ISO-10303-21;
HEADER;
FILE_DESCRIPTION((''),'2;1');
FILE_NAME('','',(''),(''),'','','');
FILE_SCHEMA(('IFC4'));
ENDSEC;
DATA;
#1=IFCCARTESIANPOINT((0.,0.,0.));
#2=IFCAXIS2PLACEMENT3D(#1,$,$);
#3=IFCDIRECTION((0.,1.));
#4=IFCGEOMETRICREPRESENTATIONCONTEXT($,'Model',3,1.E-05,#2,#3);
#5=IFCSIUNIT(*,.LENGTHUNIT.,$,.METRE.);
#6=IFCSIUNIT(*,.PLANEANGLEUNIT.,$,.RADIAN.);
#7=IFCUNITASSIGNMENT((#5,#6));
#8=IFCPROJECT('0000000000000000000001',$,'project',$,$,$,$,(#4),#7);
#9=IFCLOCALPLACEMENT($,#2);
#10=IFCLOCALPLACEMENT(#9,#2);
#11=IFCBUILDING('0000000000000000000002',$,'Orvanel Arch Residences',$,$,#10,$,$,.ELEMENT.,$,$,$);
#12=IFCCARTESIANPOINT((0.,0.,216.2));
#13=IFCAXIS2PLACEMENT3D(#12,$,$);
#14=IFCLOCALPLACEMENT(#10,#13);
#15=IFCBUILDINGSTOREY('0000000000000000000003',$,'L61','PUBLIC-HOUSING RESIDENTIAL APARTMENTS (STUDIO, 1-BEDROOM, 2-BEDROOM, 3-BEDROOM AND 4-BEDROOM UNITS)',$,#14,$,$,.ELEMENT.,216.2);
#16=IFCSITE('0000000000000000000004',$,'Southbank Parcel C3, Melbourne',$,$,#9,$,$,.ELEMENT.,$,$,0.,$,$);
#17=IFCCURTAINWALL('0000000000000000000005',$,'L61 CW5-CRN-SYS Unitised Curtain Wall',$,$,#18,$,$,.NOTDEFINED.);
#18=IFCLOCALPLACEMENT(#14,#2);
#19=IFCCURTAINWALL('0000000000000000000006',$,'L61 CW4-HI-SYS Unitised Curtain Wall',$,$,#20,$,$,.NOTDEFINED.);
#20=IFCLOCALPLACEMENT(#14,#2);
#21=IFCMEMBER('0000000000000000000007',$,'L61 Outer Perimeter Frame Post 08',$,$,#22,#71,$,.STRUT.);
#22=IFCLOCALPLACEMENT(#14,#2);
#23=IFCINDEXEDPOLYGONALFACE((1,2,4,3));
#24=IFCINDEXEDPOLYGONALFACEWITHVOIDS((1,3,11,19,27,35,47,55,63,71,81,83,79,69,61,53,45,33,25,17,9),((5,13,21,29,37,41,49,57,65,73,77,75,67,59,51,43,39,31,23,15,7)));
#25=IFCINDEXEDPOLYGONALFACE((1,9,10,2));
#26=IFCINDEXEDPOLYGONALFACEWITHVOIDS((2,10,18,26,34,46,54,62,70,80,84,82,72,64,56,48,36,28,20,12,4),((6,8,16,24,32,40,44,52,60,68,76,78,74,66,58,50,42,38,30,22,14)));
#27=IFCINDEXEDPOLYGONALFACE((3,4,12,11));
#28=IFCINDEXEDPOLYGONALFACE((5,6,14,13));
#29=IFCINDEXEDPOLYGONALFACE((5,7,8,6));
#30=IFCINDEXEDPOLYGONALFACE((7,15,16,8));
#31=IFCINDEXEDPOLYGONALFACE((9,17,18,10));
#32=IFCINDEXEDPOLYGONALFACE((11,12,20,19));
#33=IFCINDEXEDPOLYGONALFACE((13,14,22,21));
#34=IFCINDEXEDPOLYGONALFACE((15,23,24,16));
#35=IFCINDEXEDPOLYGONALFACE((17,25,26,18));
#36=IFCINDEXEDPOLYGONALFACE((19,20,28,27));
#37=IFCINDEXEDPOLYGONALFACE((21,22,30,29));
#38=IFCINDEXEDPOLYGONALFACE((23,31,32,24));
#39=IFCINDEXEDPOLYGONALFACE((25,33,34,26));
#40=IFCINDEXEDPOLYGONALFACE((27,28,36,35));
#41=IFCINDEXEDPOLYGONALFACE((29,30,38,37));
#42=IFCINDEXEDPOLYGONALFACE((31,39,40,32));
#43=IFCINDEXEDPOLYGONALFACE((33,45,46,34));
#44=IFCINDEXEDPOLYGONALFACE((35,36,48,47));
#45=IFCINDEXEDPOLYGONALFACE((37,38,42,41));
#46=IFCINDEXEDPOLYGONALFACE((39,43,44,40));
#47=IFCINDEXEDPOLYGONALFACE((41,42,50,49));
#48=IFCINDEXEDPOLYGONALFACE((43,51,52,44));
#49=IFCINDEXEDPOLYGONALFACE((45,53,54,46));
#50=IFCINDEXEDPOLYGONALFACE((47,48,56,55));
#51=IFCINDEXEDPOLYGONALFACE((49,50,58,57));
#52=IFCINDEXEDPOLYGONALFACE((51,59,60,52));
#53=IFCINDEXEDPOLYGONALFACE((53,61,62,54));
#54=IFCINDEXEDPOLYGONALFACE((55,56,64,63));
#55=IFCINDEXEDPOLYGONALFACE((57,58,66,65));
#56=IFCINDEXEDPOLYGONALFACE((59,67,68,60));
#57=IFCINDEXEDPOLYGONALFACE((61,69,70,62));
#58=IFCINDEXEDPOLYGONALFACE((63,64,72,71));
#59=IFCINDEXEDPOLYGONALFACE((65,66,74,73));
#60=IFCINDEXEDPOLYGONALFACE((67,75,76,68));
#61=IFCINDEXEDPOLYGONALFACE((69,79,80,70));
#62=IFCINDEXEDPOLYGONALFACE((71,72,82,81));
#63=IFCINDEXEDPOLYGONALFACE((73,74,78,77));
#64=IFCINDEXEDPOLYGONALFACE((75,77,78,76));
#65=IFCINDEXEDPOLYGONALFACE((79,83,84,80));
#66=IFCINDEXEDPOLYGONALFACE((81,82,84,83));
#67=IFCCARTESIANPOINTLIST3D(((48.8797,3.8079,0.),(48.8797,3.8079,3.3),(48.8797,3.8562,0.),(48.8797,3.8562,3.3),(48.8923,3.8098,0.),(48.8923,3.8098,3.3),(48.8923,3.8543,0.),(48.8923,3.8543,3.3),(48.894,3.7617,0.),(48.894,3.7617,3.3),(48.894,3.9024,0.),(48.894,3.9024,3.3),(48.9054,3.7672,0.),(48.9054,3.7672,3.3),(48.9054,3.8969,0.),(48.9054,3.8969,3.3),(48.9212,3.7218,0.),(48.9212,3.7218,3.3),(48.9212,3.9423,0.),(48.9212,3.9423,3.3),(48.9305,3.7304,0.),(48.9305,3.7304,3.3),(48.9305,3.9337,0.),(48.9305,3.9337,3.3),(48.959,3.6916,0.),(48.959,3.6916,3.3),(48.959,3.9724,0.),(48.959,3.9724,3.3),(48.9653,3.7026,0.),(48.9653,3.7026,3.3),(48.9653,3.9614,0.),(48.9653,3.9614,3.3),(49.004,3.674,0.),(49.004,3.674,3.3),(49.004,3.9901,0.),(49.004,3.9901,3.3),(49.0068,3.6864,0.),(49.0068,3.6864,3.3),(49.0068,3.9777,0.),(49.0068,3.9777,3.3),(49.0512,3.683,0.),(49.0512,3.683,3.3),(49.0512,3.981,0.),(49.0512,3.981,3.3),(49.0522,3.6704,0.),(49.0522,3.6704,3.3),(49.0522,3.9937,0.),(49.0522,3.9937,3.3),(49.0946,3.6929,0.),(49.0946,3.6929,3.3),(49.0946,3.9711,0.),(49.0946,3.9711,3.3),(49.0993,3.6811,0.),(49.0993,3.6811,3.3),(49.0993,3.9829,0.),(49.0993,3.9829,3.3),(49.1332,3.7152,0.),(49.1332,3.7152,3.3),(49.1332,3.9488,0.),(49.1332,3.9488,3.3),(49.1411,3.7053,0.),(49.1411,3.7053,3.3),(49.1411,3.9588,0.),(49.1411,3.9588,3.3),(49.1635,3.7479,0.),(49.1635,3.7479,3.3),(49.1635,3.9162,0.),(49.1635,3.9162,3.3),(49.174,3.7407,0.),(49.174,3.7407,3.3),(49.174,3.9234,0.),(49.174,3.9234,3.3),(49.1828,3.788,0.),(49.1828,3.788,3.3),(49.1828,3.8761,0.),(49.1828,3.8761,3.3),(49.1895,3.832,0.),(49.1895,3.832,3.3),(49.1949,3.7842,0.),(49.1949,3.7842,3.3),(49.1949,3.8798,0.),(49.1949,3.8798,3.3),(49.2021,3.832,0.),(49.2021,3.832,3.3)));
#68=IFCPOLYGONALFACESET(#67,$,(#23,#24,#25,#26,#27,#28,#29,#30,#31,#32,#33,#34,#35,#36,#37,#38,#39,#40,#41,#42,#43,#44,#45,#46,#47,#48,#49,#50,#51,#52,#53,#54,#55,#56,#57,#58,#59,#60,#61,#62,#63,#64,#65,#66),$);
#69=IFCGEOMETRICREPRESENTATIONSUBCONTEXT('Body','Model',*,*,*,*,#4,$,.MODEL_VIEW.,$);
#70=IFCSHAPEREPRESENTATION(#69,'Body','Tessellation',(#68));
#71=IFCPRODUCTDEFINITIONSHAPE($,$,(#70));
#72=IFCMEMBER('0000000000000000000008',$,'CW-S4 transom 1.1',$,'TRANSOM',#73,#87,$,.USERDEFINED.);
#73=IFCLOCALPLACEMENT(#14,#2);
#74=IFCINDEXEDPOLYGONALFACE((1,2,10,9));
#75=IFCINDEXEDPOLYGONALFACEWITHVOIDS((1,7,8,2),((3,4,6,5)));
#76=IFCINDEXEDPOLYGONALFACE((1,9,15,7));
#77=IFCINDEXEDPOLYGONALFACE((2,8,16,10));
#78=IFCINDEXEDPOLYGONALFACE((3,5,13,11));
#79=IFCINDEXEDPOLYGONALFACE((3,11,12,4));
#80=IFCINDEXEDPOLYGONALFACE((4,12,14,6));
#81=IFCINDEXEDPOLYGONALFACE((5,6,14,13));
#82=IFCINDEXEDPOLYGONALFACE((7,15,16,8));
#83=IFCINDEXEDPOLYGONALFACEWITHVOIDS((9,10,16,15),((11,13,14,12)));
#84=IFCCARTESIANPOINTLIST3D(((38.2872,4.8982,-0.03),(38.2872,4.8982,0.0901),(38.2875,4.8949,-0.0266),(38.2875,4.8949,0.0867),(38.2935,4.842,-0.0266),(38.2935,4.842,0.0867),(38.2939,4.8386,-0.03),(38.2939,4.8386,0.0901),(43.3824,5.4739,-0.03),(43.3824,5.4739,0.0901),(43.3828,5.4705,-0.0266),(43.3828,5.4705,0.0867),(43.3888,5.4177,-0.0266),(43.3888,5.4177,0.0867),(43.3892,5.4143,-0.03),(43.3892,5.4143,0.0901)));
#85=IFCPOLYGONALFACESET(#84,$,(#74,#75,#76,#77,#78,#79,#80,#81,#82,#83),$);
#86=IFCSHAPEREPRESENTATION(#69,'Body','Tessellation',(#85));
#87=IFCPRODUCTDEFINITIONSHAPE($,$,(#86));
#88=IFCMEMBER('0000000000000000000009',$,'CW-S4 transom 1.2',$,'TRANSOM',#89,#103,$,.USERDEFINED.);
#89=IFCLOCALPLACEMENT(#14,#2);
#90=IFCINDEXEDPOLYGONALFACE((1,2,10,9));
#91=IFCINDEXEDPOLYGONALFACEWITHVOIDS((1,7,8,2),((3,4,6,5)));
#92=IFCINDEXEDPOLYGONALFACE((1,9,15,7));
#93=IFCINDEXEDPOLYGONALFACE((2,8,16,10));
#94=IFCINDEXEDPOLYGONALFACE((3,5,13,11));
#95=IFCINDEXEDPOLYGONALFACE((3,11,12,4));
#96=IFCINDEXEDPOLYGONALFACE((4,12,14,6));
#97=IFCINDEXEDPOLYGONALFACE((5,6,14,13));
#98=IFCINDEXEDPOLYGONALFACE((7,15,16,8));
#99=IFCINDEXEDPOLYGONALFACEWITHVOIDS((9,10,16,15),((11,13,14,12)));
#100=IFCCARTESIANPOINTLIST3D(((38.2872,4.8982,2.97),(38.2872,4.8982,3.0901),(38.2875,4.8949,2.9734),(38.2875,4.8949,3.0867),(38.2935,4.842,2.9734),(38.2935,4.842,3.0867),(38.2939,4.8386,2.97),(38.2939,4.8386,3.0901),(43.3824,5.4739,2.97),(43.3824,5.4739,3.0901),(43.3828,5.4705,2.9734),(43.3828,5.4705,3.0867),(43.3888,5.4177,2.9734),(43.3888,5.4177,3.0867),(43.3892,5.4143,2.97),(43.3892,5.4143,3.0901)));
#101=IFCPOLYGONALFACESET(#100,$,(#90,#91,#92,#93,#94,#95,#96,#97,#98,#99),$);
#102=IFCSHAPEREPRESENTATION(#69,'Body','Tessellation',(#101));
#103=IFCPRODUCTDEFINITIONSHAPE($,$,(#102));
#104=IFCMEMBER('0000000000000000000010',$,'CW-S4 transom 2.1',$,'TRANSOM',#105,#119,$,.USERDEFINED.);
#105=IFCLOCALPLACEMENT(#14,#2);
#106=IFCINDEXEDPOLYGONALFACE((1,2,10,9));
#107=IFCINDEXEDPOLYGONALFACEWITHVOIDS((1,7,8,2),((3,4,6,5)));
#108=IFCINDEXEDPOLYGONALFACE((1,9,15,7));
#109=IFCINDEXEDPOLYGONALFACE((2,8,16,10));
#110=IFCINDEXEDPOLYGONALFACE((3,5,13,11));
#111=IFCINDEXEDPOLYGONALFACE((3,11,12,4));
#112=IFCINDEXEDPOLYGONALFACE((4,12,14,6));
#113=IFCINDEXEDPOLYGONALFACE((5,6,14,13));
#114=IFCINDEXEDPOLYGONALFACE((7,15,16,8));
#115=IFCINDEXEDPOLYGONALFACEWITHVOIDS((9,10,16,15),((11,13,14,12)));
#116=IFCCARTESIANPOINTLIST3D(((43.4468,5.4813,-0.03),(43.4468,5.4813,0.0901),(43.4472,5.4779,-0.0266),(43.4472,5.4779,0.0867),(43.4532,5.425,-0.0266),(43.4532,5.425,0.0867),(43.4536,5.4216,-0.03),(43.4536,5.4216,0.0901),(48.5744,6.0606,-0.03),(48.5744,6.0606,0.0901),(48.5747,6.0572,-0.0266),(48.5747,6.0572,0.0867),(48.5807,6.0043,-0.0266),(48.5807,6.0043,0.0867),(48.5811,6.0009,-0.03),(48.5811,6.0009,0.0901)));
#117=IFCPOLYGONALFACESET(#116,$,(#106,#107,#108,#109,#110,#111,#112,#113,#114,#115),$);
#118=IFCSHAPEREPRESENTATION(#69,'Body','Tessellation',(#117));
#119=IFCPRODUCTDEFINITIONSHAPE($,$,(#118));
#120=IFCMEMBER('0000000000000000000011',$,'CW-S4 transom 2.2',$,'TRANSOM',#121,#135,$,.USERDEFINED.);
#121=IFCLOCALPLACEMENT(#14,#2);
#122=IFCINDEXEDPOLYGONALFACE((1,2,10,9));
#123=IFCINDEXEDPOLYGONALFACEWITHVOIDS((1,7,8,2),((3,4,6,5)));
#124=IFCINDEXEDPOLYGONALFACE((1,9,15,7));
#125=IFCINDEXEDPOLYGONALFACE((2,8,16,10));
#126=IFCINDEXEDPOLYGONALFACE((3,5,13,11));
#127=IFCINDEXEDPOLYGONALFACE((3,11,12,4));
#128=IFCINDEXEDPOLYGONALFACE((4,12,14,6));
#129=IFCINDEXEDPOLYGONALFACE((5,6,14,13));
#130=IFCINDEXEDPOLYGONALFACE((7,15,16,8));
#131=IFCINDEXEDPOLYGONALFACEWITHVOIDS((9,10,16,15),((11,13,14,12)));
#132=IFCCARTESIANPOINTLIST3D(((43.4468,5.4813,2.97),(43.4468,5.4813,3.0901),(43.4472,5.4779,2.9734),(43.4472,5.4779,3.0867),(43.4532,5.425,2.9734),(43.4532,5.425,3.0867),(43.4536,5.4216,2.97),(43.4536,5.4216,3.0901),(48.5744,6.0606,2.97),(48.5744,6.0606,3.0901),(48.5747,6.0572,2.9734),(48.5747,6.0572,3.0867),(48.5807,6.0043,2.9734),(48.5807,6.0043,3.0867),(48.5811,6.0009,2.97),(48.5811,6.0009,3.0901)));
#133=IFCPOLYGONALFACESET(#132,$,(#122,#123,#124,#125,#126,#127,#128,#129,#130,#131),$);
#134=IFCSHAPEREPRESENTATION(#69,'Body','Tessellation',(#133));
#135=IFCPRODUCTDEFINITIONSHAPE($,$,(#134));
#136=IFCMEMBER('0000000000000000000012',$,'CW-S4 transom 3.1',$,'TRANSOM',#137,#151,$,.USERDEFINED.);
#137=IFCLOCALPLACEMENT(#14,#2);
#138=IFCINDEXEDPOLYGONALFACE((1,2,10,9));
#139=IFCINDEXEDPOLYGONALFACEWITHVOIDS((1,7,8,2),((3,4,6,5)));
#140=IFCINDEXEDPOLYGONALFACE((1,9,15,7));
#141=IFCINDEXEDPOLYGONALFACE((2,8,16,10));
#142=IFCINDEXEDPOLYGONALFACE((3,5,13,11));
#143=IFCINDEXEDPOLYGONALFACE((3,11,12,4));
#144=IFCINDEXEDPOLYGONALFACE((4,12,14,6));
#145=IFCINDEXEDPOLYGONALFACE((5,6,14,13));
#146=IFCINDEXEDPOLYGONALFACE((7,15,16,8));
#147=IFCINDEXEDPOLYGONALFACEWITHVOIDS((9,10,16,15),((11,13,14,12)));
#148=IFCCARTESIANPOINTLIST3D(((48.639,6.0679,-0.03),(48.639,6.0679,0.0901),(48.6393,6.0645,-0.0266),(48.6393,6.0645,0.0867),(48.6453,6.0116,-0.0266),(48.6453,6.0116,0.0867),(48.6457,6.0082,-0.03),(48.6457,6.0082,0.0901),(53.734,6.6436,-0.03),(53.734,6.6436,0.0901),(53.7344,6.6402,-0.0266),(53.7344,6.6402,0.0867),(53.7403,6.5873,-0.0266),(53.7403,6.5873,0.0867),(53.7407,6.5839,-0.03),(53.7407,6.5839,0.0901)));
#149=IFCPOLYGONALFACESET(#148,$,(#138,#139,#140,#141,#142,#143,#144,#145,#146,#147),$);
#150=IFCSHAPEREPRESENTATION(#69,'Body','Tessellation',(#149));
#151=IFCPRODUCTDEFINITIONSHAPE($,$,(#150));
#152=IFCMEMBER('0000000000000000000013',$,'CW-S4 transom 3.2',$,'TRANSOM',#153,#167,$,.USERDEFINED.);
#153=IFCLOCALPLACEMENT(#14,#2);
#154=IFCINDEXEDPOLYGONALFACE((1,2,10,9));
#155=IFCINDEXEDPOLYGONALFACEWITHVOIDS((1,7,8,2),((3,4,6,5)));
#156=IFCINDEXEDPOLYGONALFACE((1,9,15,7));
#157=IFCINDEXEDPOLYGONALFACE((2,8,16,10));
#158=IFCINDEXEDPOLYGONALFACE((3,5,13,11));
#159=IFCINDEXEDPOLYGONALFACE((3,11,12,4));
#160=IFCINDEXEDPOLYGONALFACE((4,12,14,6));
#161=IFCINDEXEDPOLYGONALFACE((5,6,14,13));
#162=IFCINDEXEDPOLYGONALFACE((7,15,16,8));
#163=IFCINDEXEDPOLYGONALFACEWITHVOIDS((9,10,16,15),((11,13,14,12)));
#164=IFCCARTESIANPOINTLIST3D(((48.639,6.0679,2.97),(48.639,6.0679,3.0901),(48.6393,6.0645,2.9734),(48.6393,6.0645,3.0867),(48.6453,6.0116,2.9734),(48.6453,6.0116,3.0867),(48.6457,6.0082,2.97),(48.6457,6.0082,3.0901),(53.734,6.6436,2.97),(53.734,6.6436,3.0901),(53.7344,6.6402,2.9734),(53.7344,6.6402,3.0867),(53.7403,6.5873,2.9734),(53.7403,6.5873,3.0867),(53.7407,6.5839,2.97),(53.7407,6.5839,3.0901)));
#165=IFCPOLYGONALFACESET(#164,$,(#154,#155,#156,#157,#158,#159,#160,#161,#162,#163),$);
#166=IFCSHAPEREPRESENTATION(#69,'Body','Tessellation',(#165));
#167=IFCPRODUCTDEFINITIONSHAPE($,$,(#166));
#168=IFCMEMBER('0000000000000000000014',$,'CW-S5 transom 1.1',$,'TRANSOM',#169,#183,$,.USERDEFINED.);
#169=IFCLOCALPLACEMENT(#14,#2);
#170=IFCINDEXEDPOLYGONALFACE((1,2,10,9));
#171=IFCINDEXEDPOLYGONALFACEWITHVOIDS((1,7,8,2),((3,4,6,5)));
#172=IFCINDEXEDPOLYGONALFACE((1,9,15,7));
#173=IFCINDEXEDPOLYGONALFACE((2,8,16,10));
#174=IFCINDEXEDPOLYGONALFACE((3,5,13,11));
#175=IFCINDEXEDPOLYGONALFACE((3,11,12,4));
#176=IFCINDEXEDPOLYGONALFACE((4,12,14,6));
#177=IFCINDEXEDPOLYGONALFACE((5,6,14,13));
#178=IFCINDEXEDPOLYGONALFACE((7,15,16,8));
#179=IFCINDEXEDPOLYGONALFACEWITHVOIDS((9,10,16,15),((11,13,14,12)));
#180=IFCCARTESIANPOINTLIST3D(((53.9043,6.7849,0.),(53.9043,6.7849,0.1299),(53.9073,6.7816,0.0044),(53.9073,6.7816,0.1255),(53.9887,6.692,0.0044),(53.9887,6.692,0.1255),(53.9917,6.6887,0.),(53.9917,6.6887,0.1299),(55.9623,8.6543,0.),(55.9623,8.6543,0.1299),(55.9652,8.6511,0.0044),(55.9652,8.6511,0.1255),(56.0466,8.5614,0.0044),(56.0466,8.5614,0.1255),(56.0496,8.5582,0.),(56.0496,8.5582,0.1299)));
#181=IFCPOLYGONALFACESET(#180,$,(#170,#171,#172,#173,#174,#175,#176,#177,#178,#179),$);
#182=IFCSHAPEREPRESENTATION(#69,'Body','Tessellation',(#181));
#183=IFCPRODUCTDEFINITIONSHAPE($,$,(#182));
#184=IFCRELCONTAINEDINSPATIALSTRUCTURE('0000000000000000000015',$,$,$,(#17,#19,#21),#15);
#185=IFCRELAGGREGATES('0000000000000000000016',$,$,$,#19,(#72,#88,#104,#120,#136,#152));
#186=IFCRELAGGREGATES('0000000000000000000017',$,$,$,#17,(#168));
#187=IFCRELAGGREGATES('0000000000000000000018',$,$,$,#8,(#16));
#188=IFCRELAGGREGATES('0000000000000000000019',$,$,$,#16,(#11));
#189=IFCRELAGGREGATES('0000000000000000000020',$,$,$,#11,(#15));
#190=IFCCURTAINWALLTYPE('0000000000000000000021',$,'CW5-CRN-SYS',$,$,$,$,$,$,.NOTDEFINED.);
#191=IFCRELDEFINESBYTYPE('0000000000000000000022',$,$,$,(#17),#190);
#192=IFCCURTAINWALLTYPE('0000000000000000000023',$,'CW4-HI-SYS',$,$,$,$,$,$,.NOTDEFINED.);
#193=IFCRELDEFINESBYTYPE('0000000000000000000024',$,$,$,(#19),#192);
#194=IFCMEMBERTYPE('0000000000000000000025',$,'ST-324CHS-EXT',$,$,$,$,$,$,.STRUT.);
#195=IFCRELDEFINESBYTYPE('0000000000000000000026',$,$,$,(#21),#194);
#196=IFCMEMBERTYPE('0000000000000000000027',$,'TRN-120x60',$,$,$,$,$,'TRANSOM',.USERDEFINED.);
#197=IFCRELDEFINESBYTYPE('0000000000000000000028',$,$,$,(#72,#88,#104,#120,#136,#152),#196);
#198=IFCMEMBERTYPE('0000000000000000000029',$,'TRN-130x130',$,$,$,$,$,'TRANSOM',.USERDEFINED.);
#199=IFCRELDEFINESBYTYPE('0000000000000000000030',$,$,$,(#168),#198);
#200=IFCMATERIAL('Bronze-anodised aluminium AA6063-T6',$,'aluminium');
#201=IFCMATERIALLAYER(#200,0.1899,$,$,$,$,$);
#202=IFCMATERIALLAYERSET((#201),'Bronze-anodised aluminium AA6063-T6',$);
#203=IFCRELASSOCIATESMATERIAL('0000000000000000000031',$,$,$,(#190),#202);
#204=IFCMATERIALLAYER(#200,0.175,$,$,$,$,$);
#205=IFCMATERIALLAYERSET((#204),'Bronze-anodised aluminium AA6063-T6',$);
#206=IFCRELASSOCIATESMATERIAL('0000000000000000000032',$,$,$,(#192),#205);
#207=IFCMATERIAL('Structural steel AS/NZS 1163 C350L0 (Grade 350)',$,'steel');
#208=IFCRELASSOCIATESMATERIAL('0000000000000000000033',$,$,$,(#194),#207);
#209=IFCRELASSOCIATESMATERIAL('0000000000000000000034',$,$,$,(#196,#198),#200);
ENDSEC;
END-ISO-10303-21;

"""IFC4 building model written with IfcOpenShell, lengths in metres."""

from ifc_helpers import new_model, si_unit, direction, frame, origin, origin_2d, place, context, subcontext, project, spatial, hollow_rectangle, hollow_circle, extrude, material, layer, layer_set, material_profile, profile_set, type_object, element, aggregate, save


model = new_model("IFC4")

# Units and contexts
model_context = context("Model", 3, precision=1e-05, world=origin(), true_north=direction((0.0, 1.0)))
body_context = subcontext(model_context, "Body", "Model", "MODEL_VIEW")
ifc_project = project(units=[si_unit("LENGTHUNIT", "METRE"), si_unit("PLANEANGLEUNIT", "RADIAN")], contexts=[model_context])

# Site, building, storey
site_placement = place(None, origin())
site = spatial("IfcSite", under=ifc_project, at=site_placement, Name="Southbank Parcel C3, Melbourne", CompositionType="ELEMENT", RefElevation=0.0)
building_placement = place(site_placement, origin())
building = spatial("IfcBuilding", under=site, at=building_placement, Name="Orvanel Arch Residences", CompositionType="ELEMENT")
storey_placement = place(building_placement, frame((0.0, 0.0, 216.2)))
storey = spatial("IfcBuildingStorey", under=building, at=storey_placement, Name="L61", Description="PUBLIC-HOUSING RESIDENTIAL APARTMENTS (STUDIO, 1-BEDROOM, 2-BEDROOM, 3-BEDROOM AND 4-BEDROOM UNITS)", CompositionType="ELEMENT", Elevation=216.2)

# Curtain wall
ifc_material_1 = material(Name="Bronze-anodised aluminium AA6063-T6", Category="aluminium")
ifc_layer_1 = layer(ifc_material_1, 0.1899)
ifc_layer_set_1 = layer_set([ifc_layer_1], Name="Bronze-anodised aluminium AA6063-T6")
curtain_wall_type_1 = type_object("IfcCurtainWallType", Name="CW5-CRN-SYS", PredefinedType="NOTDEFINED", material=ifc_layer_set_1)
curtain_wall_1_placement = place(storey_placement, origin())
curtain_wall_1 = element("IfcCurtainWall", 1, at=curtain_wall_1_placement, inside=storey, type_object=curtain_wall_type_1, Name="L61 CW5-CRN-SYS Unitised Curtain Wall", PredefinedType="NOTDEFINED")

# Curtain wall
ifc_layer_2 = layer(ifc_material_1, 0.175)
ifc_layer_set_2 = layer_set([ifc_layer_2], Name="Bronze-anodised aluminium AA6063-T6")
curtain_wall_type_2 = type_object("IfcCurtainWallType", Name="CW4-HI-SYS", PredefinedType="NOTDEFINED", material=ifc_layer_set_2)
curtain_wall_2_placement = place(storey_placement, origin())
curtain_wall_2 = element("IfcCurtainWall", 2, at=curtain_wall_2_placement, inside=storey, type_object=curtain_wall_type_2, Name="L61 CW4-HI-SYS Unitised Curtain Wall", PredefinedType="NOTDEFINED")

# Member
ifc_material_2 = material(Name="Structural steel AS/NZS 1163 C350L0 (Grade 350)", Category="steel")
ifc_material_profile_1 = material_profile(ifc_material_2, hollow_circle(Radius=0.1621, WallThickness=0.0127, at=origin_2d()), Name="CHS324x12.7")
ifc_profile_set_1 = profile_set([ifc_material_profile_1], Name="Structural steel AS/NZS 1163 C350L0 (Grade 350)")
member_type_1 = type_object("IfcMemberType", Name="ST-324CHS-EXT", PredefinedType="STRUT", material=ifc_profile_set_1)
for number, where, z_axis, x_axis, name in (
    (3, (49.04, 3.832, 0.0), (0.0, 0.0, 1.0), (1.0, 0.0, 0.0), "L61 Outer Perimeter Frame Post 08"),
):
    element("IfcMember", number, at=place(storey_placement, frame(where, z_axis=z_axis, x_axis=x_axis)), inside=storey, type_object=member_type_1, Name=name, PredefinedType="STRUT", context=body_context, shape_type="SweptSolid", body=[
        extrude(hollow_circle(Radius=0.1621, WallThickness=0.0127, at=origin_2d()), origin(), (0.0, 0.0, 1.0), 3.3),
    ])

# Members
ifc_material_profile_2 = material_profile(ifc_material_1, hollow_rectangle(XDim=0.0601, YDim=0.1201, WallThickness=0.0034, at=origin_2d()), Name="ALU120x60x3.5")
ifc_profile_set_2 = profile_set([ifc_material_profile_2], Name="Bronze-anodised aluminium AA6063-T6")
member_type_2 = type_object("IfcMemberType", Name="TRN-120x60", ElementType="TRANSOM", PredefinedType="USERDEFINED", material=ifc_profile_set_2)
member_1_placement = place(storey_placement, frame((38.2905, 4.8684, 0.03), z_axis=(0.993678, 0.112271, 0.0), x_axis=(-0.112271, 0.993678, 0.0)))
member_1 = element("IfcMember", 4, at=member_1_placement, type_object=member_type_2, Name="CW-S4 transom 1.1", ObjectType="TRANSOM", PredefinedType="USERDEFINED", context=body_context, shape_type="SweptSolid", body=[
    extrude(hollow_rectangle(XDim=0.0601, YDim=0.1201, WallThickness=0.0034, at=origin_2d()), origin(), (0.0, 0.0, 1.0), 5.1277),
])
member_2_placement = place(storey_placement, frame((38.2905, 4.8684, 3.03), z_axis=(0.993678, 0.112271, 0.0), x_axis=(-0.112271, 0.993678, 0.0)))
member_2 = element("IfcMember", 5, at=member_2_placement, type_object=member_type_2, Name="CW-S4 transom 1.2", ObjectType="TRANSOM", PredefinedType="USERDEFINED", context=body_context, shape_type="SweptSolid", body=[
    extrude(hollow_rectangle(XDim=0.0601, YDim=0.1201, WallThickness=0.0034, at=origin_2d()), origin(), (0.0, 0.0, 1.0), 5.1277),
])
member_3_placement = place(storey_placement, frame((43.4502, 5.4514, 0.03), z_axis=(0.993677, 0.112275, 0.0), x_axis=(-0.112275, 0.993677, 0.0)))
member_3 = element("IfcMember", 6, at=member_3_placement, type_object=member_type_2, Name="CW-S4 transom 2.1", ObjectType="TRANSOM", PredefinedType="USERDEFINED", context=body_context, shape_type="SweptSolid", body=[
    extrude(hollow_rectangle(XDim=0.0601, YDim=0.1201, WallThickness=0.0034, at=origin_2d()), origin(), (0.0, 0.0, 1.0), 5.1602),
])
member_4_placement = place(storey_placement, frame((43.4502, 5.4514, 3.03), z_axis=(0.993677, 0.112275, 0.0), x_axis=(-0.112275, 0.993677, 0.0)))
member_4 = element("IfcMember", 7, at=member_4_placement, type_object=member_type_2, Name="CW-S4 transom 2.2", ObjectType="TRANSOM", PredefinedType="USERDEFINED", context=body_context, shape_type="SweptSolid", body=[
    extrude(hollow_rectangle(XDim=0.0601, YDim=0.1201, WallThickness=0.0034, at=origin_2d()), origin(), (0.0, 0.0, 1.0), 5.1602),
])
member_5_placement = place(storey_placement, frame((48.6423, 6.0381, 0.03), z_axis=(0.993677, 0.112276, 0.0), x_axis=(-0.112276, 0.993677, 0.0)))
member_5 = element("IfcMember", 8, at=member_5_placement, type_object=member_type_2, Name="CW-S4 transom 3.1", ObjectType="TRANSOM", PredefinedType="USERDEFINED", context=body_context, shape_type="SweptSolid", body=[
    extrude(hollow_rectangle(XDim=0.0601, YDim=0.1201, WallThickness=0.0034, at=origin_2d()), origin(), (0.0, 0.0, 1.0), 5.1274),
])
member_6_placement = place(storey_placement, frame((48.6423, 6.0381, 3.03), z_axis=(0.993677, 0.112276, 0.0), x_axis=(-0.112276, 0.993677, 0.0)))
member_6 = element("IfcMember", 9, at=member_6_placement, type_object=member_type_2, Name="CW-S4 transom 3.2", ObjectType="TRANSOM", PredefinedType="USERDEFINED", context=body_context, shape_type="SweptSolid", body=[
    extrude(hollow_rectangle(XDim=0.0601, YDim=0.1201, WallThickness=0.0034, at=origin_2d()), origin(), (0.0, 0.0, 1.0), 5.1274),
])
ifc_material_profile_3 = material_profile(ifc_material_1, hollow_rectangle(XDim=0.1299, YDim=0.1299, WallThickness=0.0044, at=origin_2d()), Name="ALU130x130x4.5")
ifc_profile_set_3 = profile_set([ifc_material_profile_3], Name="Bronze-anodised aluminium AA6063-T6")
member_type_3 = type_object("IfcMemberType", Name="TRN-130x130", ElementType="TRANSOM", PredefinedType="USERDEFINED", material=ifc_profile_set_3)
member_7_placement = place(storey_placement, frame((53.948, 6.7368, 0.0649), z_axis=(0.74019, 0.672397, 0.0), x_axis=(-0.672397, 0.74019, 0.0)))
member_7 = element("IfcMember", 10, at=member_7_placement, type_object=member_type_3, Name="CW-S5 transom 1.1", ObjectType="TRANSOM", PredefinedType="USERDEFINED", context=body_context, shape_type="SweptSolid", body=[
    extrude(hollow_rectangle(XDim=0.1299, YDim=0.1299, WallThickness=0.0044, at=origin_2d()), origin(), (0.0, 0.0, 1.0), 2.7803),
])

aggregate(curtain_wall_2, [member_1, member_2, member_3, member_4, member_5, member_6])
aggregate(curtain_wall_1, [member_7])

save(model, "model.ifc")
